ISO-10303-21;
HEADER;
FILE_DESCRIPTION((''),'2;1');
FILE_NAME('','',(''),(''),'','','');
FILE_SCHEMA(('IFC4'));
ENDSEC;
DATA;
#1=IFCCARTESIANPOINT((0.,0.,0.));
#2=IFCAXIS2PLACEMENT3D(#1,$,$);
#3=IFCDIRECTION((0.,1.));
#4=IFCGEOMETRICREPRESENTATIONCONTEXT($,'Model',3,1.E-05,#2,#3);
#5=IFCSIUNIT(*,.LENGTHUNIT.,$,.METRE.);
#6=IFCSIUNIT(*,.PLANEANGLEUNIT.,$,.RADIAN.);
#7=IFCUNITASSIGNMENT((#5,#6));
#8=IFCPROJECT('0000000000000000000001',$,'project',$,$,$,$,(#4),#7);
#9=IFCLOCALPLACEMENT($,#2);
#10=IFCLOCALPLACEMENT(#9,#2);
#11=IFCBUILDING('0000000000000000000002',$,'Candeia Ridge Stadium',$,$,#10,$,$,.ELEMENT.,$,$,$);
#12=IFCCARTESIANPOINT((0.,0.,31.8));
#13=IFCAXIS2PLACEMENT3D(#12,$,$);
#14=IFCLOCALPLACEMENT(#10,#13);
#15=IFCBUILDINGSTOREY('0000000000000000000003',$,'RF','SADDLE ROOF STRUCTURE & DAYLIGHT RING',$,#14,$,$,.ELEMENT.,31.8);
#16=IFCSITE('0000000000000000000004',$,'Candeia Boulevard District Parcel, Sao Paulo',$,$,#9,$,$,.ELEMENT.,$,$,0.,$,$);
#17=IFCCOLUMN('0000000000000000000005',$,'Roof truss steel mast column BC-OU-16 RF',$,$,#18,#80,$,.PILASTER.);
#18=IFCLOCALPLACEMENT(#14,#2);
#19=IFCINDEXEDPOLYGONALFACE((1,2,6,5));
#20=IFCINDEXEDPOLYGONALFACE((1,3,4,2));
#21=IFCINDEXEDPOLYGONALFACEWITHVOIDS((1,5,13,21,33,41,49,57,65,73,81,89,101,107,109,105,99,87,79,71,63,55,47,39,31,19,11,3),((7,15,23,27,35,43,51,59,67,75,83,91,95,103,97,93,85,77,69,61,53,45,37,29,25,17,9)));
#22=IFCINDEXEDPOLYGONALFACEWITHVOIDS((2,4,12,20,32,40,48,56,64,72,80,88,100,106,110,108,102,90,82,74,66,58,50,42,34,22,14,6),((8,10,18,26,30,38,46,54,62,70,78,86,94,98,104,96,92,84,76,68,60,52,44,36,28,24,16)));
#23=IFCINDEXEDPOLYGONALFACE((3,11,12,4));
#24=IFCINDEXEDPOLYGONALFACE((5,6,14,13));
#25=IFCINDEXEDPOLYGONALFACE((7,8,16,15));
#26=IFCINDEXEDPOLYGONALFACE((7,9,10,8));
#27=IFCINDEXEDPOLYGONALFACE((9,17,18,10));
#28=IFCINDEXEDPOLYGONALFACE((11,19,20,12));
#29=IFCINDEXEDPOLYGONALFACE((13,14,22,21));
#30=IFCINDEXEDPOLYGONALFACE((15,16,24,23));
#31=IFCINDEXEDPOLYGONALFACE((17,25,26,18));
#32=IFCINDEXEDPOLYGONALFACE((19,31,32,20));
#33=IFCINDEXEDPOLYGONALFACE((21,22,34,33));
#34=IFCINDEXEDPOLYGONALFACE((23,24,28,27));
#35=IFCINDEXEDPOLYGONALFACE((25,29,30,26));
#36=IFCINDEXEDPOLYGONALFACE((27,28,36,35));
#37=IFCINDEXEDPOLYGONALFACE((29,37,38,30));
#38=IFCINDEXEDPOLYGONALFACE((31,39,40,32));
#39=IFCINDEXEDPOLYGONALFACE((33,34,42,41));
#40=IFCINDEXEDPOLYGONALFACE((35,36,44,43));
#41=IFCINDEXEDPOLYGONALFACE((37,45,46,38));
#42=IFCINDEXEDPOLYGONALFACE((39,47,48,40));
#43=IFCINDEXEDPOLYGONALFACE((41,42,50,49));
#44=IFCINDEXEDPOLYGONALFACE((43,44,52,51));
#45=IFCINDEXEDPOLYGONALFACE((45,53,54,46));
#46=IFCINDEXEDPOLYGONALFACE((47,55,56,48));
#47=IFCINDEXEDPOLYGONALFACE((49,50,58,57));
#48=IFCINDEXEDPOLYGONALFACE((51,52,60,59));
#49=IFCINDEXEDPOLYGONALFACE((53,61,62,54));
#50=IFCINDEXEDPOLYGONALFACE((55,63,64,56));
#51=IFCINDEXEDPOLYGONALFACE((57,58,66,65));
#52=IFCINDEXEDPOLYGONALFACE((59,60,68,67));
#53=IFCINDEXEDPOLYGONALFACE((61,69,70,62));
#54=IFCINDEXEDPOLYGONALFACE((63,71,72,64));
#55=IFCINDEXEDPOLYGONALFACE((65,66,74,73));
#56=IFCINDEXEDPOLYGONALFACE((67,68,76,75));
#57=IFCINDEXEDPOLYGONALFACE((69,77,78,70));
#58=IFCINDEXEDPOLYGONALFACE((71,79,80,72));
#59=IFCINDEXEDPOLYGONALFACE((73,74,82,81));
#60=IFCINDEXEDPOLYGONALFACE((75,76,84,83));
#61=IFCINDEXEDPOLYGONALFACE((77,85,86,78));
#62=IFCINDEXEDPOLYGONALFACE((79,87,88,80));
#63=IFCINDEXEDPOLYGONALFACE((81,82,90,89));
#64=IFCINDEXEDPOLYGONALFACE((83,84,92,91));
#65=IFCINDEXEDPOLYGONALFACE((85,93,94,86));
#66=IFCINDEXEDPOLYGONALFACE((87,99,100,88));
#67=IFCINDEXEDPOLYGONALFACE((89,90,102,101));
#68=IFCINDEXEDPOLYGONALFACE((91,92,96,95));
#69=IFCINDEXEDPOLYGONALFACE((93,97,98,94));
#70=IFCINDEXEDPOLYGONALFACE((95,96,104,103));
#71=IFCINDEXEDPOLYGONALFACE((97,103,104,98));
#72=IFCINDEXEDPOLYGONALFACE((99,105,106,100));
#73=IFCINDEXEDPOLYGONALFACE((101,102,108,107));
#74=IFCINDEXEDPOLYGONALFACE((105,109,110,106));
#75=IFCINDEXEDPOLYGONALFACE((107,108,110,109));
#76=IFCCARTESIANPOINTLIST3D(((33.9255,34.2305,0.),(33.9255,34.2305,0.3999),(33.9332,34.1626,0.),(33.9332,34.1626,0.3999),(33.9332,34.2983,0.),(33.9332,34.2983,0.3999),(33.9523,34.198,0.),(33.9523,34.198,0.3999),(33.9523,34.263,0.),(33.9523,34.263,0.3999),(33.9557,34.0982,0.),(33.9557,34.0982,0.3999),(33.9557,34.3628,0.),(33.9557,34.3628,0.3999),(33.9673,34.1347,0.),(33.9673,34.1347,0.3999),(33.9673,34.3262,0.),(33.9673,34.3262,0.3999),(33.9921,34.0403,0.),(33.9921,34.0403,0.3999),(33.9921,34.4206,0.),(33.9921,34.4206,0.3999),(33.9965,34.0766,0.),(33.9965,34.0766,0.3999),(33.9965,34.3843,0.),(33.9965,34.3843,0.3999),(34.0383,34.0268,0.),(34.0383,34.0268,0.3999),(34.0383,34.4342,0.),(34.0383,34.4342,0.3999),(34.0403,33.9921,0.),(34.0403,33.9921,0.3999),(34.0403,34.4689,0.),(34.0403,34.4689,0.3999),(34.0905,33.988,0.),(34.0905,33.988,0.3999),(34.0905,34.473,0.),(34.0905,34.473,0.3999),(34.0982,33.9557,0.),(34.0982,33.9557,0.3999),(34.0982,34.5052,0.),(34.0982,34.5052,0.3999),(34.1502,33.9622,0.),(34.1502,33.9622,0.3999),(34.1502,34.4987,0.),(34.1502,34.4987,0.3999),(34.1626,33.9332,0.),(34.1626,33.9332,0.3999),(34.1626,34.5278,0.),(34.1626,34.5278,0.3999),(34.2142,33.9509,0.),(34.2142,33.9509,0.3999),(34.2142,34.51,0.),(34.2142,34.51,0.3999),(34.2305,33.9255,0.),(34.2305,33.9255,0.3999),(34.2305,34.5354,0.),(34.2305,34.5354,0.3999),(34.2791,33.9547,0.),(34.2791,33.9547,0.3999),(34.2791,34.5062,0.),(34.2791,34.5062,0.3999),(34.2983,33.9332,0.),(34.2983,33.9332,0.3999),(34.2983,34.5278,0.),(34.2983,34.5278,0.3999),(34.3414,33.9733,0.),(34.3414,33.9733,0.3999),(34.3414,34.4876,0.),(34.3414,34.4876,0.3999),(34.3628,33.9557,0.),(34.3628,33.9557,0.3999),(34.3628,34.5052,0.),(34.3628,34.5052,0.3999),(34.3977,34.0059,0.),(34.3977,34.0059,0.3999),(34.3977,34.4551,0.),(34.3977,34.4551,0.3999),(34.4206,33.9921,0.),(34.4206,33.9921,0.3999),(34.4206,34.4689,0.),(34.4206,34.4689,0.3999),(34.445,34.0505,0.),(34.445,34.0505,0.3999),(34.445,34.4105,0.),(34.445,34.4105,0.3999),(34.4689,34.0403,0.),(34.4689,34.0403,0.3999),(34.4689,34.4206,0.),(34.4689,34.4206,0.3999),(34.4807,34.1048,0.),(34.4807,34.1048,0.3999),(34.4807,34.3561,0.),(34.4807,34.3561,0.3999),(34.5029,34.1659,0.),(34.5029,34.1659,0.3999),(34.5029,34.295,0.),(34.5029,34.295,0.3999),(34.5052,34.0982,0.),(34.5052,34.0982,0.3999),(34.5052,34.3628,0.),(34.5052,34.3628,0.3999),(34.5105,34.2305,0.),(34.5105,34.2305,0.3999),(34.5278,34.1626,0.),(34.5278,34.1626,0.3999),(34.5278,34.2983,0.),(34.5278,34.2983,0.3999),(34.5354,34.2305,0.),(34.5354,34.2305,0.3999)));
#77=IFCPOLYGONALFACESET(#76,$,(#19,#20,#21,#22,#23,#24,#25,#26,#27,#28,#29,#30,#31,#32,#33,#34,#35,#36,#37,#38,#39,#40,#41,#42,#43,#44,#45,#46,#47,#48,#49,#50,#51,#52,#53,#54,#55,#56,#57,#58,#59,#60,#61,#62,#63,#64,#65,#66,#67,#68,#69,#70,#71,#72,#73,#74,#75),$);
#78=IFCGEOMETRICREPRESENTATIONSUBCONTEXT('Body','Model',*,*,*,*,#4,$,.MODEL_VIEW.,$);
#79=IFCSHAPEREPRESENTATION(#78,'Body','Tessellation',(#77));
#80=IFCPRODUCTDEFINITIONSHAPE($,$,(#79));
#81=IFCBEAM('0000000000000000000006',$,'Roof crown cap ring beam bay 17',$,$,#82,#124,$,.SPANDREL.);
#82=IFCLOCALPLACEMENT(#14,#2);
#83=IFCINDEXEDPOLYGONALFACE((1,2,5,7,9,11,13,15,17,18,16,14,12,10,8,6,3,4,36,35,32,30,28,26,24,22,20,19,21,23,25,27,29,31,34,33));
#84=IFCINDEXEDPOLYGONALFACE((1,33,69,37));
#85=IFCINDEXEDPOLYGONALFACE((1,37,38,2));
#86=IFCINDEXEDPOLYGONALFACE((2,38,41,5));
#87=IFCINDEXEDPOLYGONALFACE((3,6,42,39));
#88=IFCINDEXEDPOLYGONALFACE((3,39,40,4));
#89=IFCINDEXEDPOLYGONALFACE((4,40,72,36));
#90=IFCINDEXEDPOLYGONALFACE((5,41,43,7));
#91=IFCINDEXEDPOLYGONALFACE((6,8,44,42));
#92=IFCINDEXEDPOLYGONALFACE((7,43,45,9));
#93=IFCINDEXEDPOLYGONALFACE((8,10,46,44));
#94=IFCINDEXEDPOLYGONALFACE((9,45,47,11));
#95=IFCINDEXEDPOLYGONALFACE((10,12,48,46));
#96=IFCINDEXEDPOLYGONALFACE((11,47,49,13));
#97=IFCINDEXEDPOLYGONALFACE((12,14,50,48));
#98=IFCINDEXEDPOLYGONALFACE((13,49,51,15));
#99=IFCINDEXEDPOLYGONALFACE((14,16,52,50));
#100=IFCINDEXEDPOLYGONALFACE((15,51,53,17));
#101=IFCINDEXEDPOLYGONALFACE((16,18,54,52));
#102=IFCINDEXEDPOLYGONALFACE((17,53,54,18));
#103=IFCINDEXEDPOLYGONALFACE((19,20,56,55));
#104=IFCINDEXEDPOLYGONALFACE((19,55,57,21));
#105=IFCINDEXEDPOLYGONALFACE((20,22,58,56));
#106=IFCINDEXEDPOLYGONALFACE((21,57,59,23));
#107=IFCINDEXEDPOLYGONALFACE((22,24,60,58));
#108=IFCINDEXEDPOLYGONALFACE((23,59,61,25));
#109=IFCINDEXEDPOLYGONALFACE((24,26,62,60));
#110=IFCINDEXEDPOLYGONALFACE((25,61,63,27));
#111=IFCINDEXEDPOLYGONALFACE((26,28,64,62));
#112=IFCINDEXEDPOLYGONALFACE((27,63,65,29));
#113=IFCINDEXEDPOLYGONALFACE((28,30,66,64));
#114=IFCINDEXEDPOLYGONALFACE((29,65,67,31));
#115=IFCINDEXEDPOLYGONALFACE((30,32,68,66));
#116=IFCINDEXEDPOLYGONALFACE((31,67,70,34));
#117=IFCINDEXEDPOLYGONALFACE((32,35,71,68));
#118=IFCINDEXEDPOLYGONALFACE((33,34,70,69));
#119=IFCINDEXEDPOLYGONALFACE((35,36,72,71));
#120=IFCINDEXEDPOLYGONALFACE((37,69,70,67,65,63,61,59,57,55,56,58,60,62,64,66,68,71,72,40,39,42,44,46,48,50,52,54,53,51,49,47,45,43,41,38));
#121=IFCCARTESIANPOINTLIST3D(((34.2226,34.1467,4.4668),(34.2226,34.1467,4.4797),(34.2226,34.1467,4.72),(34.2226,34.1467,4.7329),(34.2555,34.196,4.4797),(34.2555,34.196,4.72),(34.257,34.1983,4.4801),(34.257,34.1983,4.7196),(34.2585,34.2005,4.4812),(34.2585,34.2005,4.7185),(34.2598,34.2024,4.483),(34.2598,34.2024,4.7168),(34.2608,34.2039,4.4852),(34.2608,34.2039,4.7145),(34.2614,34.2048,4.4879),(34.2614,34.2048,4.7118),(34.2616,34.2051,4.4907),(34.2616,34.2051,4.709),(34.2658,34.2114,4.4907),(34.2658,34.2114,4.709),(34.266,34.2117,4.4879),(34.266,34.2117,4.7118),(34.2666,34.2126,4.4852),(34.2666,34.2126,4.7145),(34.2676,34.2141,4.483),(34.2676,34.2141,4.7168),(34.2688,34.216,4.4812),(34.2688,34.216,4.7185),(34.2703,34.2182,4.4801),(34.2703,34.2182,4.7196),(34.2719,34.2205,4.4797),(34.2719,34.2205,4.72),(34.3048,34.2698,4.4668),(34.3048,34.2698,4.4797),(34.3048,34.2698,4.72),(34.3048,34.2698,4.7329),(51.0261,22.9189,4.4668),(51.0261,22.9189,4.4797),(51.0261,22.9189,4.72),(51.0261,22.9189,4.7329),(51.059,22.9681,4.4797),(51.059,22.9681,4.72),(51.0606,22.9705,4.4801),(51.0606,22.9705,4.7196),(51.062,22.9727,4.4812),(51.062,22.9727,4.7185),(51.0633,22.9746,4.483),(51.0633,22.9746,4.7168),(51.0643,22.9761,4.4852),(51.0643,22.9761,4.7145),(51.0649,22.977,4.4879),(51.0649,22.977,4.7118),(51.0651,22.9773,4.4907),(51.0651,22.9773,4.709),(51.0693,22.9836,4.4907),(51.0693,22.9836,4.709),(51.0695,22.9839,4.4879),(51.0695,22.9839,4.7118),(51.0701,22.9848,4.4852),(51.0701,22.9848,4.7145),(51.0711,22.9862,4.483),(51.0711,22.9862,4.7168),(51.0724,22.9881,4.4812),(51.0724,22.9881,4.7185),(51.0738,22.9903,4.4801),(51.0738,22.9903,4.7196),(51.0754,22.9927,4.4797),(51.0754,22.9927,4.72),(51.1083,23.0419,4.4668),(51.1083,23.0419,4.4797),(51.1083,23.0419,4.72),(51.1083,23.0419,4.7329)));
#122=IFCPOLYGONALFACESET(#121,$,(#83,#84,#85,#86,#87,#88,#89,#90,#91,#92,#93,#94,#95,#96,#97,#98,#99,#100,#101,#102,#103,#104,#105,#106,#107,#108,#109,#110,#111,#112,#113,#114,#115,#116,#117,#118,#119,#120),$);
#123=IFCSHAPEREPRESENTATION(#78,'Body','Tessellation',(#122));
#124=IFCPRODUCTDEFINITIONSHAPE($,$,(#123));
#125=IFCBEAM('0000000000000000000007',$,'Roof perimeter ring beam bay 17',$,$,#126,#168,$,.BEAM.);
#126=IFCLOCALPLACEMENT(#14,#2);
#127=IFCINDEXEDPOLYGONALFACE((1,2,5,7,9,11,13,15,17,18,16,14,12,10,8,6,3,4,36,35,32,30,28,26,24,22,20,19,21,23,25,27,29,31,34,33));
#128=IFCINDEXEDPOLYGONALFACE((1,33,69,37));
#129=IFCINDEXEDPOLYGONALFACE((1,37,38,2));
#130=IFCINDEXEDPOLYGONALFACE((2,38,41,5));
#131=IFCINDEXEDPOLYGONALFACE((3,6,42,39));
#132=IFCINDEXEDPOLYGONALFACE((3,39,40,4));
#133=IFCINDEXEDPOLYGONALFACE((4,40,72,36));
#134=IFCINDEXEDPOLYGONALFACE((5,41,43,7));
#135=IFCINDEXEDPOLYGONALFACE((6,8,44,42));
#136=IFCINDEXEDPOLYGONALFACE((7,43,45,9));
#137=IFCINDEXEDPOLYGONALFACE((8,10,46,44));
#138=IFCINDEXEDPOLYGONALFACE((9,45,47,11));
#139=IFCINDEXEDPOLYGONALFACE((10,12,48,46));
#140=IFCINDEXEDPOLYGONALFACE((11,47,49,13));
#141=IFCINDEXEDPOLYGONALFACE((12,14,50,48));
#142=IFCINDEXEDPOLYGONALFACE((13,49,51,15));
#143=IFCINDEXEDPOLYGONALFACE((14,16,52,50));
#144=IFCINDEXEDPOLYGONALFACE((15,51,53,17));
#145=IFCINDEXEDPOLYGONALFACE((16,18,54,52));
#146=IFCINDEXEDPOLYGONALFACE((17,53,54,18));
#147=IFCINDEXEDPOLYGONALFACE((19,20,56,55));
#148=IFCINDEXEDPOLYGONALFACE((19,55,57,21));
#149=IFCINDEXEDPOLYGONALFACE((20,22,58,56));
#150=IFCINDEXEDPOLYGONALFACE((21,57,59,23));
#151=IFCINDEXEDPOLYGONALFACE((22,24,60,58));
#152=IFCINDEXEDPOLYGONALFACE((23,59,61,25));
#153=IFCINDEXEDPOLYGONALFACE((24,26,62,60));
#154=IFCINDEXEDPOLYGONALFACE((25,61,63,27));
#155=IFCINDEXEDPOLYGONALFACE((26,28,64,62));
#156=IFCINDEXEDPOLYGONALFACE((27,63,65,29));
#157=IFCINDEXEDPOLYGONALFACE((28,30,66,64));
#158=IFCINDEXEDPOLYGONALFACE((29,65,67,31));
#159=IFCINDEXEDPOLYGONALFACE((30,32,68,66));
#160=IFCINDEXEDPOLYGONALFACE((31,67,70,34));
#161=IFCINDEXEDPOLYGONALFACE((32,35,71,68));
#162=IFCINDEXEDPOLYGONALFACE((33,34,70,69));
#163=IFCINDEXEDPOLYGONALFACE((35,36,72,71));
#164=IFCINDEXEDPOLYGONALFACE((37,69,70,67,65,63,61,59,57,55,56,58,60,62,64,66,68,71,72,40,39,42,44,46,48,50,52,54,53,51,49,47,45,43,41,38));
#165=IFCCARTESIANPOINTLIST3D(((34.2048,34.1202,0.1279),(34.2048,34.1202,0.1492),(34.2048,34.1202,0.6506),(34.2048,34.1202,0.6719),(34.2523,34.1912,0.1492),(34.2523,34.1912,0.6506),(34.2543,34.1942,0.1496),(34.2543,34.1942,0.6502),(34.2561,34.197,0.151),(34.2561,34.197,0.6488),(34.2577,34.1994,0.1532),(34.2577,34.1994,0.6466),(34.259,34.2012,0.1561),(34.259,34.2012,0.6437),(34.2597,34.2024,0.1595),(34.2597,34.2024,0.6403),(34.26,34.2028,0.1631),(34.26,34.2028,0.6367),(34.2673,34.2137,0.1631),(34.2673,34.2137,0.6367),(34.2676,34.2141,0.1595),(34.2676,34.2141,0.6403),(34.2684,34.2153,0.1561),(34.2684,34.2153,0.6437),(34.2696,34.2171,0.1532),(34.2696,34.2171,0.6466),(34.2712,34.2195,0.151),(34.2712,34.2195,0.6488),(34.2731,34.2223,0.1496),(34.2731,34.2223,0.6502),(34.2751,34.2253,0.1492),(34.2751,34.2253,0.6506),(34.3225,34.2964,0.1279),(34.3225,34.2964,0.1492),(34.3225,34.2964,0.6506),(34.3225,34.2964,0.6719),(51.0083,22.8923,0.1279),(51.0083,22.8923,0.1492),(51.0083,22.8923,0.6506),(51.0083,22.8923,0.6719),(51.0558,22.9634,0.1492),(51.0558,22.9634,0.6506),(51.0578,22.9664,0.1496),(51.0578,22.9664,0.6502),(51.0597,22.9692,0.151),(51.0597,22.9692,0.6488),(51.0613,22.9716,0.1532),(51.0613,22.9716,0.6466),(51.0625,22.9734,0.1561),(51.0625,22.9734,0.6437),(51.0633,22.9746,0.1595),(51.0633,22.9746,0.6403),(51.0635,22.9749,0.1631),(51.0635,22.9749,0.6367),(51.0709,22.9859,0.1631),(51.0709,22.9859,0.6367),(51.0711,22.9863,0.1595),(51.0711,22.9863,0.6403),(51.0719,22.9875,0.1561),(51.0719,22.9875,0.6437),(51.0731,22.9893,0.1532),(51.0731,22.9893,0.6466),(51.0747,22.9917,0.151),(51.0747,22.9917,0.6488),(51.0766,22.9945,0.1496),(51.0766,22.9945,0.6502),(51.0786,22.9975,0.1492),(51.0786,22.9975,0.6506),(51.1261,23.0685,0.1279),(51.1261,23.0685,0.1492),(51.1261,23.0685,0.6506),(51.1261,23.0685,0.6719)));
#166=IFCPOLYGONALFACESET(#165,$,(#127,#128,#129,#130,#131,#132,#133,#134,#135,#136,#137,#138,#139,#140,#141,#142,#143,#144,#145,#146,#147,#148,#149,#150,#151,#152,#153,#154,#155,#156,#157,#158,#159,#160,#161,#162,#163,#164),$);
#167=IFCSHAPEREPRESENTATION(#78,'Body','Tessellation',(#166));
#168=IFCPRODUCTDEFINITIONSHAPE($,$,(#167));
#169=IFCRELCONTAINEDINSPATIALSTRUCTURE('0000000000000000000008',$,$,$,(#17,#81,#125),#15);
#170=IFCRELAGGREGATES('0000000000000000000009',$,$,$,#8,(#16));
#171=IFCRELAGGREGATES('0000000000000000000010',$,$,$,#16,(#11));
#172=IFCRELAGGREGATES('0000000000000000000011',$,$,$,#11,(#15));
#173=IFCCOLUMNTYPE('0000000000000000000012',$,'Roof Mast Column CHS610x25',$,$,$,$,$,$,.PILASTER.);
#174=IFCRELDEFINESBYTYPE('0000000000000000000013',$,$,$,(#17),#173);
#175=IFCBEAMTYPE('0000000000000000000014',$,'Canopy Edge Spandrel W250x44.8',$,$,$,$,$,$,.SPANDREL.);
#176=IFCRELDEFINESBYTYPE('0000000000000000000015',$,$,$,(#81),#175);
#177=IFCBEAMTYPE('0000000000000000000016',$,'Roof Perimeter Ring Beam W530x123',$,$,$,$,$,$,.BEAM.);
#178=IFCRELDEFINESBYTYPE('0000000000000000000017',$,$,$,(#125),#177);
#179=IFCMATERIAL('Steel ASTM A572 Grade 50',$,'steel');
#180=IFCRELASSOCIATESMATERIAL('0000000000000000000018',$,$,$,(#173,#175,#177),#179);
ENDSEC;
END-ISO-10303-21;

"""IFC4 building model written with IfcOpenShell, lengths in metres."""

from ifc_helpers import new_model, si_unit, direction, frame, origin, origin_2d, place, context, subcontext, project, spatial, hollow_circle, i_section, extrude, material, material_profile, profile_set, type_object, element, save


model = new_model("IFC4")

# Units and contexts
model_context = context("Model", 3, precision=1e-05, world=origin(), true_north=direction((0.0, 1.0)))
body_context = subcontext(model_context, "Body", "Model", "MODEL_VIEW")
ifc_project = project(units=[si_unit("LENGTHUNIT", "METRE"), si_unit("PLANEANGLEUNIT", "RADIAN")], contexts=[model_context])

# Site, building, storey
site_placement = place(None, origin())
site = spatial("IfcSite", under=ifc_project, at=site_placement, Name="Candeia Boulevard District Parcel, Sao Paulo", CompositionType="ELEMENT", RefElevation=0.0)
building_placement = place(site_placement, origin())
building = spatial("IfcBuilding", under=site, at=building_placement, Name="Candeia Ridge Stadium", CompositionType="ELEMENT")
storey_placement = place(building_placement, frame((0.0, 0.0, 31.8)))
storey = spatial("IfcBuildingStorey", under=building, at=storey_placement, Name="RF", Description="SADDLE ROOF STRUCTURE & DAYLIGHT RING", CompositionType="ELEMENT", Elevation=31.8)

# Column
ifc_material_1 = material(Name="Steel ASTM A572 Grade 50", Category="steel")
ifc_material_profile_1 = material_profile(ifc_material_1, hollow_circle(Radius=0.3049, WallThickness=0.0249, at=origin_2d()), Name="CHS610x25", Category="steel")
ifc_profile_set_1 = profile_set([ifc_material_profile_1], Name="Steel ASTM A572 Grade 50")
column_type = type_object("IfcColumnType", Name="Roof Mast Column CHS610x25", PredefinedType="PILASTER", material=ifc_profile_set_1)
column_placement = place(storey_placement, frame((34.2305, 34.2305, 0.0), z_axis=(0.0, 0.0, 1.0), x_axis=(1.0, 0.0, 0.0)))
element("IfcColumn", 1, at=column_placement, inside=storey, type_object=column_type, Name="Roof truss steel mast column BC-OU-16 RF", PredefinedType="PILASTER", context=body_context, shape_type="SweptSolid", body=[
    extrude(hollow_circle(Radius=0.3049, WallThickness=0.0249, at=origin_2d()), origin(), (0.0, 0.0, 1.0), 0.3999),
])

# Beams
ifc_material_profile_2 = material_profile(ifc_material_1, i_section(OverallWidth=0.1479, OverallDepth=0.2661, WebThickness=0.0076, FlangeThickness=0.0129, FilletRadius=0.011, at=origin_2d()), Name="W250x44.8", Category="steel")
ifc_profile_set_2 = profile_set([ifc_material_profile_2], Name="Steel ASTM A572 Grade 50")
beam_type_1 = type_object("IfcBeamType", Name="Canopy Edge Spandrel W250x44.8", PredefinedType="SPANDREL", material=ifc_profile_set_2)
beam_1_placement = place(storey_placement, frame((34.2637, 34.2083, 4.5999), z_axis=(0.831468, -0.555572, 0.0), x_axis=(0.555572, 0.831468, 0.0)))
element("IfcBeam", 2, at=beam_1_placement, inside=storey, type_object=beam_type_1, Name="Roof crown cap ring beam bay 17", PredefinedType="SPANDREL", context=body_context, shape_type="SweptSolid", body=[
    extrude(i_section(OverallWidth=0.1479, OverallDepth=0.2661, WebThickness=0.0076, FlangeThickness=0.0129, FilletRadius=0.011, at=origin_2d()), origin(), (0.0, 0.0, 1.0), 20.2095),
])
ifc_material_profile_3 = material_profile(ifc_material_1, i_section(OverallWidth=0.2119, OverallDepth=0.5439, WebThickness=0.0132, FlangeThickness=0.0212, FilletRadius=0.0139, at=origin_2d()), Name="W530x123", Category="steel")
ifc_profile_set_3 = profile_set([ifc_material_profile_3], Name="Steel ASTM A572 Grade 50")
beam_type_2 = type_object("IfcBeamType", Name="Roof Perimeter Ring Beam W530x123", PredefinedType="BEAM", material=ifc_profile_set_3)
beam_2_placement = place(storey_placement, frame((34.2637, 34.2083, 0.3999), z_axis=(0.831468, -0.555572, 0.0), x_axis=(0.555572, 0.831468, 0.0)))
element("IfcBeam", 3, at=beam_2_placement, inside=storey, type_object=beam_type_2, Name="Roof perimeter ring beam bay 17", PredefinedType="BEAM", context=body_context, shape_type="SweptSolid", body=[
    extrude(i_section(OverallWidth=0.2119, OverallDepth=0.5439, WebThickness=0.0132, FlangeThickness=0.0212, FilletRadius=0.0139, at=origin_2d()), origin(), (0.0, 0.0, 1.0), 20.2095),
])

save(model, "model.ifc")
